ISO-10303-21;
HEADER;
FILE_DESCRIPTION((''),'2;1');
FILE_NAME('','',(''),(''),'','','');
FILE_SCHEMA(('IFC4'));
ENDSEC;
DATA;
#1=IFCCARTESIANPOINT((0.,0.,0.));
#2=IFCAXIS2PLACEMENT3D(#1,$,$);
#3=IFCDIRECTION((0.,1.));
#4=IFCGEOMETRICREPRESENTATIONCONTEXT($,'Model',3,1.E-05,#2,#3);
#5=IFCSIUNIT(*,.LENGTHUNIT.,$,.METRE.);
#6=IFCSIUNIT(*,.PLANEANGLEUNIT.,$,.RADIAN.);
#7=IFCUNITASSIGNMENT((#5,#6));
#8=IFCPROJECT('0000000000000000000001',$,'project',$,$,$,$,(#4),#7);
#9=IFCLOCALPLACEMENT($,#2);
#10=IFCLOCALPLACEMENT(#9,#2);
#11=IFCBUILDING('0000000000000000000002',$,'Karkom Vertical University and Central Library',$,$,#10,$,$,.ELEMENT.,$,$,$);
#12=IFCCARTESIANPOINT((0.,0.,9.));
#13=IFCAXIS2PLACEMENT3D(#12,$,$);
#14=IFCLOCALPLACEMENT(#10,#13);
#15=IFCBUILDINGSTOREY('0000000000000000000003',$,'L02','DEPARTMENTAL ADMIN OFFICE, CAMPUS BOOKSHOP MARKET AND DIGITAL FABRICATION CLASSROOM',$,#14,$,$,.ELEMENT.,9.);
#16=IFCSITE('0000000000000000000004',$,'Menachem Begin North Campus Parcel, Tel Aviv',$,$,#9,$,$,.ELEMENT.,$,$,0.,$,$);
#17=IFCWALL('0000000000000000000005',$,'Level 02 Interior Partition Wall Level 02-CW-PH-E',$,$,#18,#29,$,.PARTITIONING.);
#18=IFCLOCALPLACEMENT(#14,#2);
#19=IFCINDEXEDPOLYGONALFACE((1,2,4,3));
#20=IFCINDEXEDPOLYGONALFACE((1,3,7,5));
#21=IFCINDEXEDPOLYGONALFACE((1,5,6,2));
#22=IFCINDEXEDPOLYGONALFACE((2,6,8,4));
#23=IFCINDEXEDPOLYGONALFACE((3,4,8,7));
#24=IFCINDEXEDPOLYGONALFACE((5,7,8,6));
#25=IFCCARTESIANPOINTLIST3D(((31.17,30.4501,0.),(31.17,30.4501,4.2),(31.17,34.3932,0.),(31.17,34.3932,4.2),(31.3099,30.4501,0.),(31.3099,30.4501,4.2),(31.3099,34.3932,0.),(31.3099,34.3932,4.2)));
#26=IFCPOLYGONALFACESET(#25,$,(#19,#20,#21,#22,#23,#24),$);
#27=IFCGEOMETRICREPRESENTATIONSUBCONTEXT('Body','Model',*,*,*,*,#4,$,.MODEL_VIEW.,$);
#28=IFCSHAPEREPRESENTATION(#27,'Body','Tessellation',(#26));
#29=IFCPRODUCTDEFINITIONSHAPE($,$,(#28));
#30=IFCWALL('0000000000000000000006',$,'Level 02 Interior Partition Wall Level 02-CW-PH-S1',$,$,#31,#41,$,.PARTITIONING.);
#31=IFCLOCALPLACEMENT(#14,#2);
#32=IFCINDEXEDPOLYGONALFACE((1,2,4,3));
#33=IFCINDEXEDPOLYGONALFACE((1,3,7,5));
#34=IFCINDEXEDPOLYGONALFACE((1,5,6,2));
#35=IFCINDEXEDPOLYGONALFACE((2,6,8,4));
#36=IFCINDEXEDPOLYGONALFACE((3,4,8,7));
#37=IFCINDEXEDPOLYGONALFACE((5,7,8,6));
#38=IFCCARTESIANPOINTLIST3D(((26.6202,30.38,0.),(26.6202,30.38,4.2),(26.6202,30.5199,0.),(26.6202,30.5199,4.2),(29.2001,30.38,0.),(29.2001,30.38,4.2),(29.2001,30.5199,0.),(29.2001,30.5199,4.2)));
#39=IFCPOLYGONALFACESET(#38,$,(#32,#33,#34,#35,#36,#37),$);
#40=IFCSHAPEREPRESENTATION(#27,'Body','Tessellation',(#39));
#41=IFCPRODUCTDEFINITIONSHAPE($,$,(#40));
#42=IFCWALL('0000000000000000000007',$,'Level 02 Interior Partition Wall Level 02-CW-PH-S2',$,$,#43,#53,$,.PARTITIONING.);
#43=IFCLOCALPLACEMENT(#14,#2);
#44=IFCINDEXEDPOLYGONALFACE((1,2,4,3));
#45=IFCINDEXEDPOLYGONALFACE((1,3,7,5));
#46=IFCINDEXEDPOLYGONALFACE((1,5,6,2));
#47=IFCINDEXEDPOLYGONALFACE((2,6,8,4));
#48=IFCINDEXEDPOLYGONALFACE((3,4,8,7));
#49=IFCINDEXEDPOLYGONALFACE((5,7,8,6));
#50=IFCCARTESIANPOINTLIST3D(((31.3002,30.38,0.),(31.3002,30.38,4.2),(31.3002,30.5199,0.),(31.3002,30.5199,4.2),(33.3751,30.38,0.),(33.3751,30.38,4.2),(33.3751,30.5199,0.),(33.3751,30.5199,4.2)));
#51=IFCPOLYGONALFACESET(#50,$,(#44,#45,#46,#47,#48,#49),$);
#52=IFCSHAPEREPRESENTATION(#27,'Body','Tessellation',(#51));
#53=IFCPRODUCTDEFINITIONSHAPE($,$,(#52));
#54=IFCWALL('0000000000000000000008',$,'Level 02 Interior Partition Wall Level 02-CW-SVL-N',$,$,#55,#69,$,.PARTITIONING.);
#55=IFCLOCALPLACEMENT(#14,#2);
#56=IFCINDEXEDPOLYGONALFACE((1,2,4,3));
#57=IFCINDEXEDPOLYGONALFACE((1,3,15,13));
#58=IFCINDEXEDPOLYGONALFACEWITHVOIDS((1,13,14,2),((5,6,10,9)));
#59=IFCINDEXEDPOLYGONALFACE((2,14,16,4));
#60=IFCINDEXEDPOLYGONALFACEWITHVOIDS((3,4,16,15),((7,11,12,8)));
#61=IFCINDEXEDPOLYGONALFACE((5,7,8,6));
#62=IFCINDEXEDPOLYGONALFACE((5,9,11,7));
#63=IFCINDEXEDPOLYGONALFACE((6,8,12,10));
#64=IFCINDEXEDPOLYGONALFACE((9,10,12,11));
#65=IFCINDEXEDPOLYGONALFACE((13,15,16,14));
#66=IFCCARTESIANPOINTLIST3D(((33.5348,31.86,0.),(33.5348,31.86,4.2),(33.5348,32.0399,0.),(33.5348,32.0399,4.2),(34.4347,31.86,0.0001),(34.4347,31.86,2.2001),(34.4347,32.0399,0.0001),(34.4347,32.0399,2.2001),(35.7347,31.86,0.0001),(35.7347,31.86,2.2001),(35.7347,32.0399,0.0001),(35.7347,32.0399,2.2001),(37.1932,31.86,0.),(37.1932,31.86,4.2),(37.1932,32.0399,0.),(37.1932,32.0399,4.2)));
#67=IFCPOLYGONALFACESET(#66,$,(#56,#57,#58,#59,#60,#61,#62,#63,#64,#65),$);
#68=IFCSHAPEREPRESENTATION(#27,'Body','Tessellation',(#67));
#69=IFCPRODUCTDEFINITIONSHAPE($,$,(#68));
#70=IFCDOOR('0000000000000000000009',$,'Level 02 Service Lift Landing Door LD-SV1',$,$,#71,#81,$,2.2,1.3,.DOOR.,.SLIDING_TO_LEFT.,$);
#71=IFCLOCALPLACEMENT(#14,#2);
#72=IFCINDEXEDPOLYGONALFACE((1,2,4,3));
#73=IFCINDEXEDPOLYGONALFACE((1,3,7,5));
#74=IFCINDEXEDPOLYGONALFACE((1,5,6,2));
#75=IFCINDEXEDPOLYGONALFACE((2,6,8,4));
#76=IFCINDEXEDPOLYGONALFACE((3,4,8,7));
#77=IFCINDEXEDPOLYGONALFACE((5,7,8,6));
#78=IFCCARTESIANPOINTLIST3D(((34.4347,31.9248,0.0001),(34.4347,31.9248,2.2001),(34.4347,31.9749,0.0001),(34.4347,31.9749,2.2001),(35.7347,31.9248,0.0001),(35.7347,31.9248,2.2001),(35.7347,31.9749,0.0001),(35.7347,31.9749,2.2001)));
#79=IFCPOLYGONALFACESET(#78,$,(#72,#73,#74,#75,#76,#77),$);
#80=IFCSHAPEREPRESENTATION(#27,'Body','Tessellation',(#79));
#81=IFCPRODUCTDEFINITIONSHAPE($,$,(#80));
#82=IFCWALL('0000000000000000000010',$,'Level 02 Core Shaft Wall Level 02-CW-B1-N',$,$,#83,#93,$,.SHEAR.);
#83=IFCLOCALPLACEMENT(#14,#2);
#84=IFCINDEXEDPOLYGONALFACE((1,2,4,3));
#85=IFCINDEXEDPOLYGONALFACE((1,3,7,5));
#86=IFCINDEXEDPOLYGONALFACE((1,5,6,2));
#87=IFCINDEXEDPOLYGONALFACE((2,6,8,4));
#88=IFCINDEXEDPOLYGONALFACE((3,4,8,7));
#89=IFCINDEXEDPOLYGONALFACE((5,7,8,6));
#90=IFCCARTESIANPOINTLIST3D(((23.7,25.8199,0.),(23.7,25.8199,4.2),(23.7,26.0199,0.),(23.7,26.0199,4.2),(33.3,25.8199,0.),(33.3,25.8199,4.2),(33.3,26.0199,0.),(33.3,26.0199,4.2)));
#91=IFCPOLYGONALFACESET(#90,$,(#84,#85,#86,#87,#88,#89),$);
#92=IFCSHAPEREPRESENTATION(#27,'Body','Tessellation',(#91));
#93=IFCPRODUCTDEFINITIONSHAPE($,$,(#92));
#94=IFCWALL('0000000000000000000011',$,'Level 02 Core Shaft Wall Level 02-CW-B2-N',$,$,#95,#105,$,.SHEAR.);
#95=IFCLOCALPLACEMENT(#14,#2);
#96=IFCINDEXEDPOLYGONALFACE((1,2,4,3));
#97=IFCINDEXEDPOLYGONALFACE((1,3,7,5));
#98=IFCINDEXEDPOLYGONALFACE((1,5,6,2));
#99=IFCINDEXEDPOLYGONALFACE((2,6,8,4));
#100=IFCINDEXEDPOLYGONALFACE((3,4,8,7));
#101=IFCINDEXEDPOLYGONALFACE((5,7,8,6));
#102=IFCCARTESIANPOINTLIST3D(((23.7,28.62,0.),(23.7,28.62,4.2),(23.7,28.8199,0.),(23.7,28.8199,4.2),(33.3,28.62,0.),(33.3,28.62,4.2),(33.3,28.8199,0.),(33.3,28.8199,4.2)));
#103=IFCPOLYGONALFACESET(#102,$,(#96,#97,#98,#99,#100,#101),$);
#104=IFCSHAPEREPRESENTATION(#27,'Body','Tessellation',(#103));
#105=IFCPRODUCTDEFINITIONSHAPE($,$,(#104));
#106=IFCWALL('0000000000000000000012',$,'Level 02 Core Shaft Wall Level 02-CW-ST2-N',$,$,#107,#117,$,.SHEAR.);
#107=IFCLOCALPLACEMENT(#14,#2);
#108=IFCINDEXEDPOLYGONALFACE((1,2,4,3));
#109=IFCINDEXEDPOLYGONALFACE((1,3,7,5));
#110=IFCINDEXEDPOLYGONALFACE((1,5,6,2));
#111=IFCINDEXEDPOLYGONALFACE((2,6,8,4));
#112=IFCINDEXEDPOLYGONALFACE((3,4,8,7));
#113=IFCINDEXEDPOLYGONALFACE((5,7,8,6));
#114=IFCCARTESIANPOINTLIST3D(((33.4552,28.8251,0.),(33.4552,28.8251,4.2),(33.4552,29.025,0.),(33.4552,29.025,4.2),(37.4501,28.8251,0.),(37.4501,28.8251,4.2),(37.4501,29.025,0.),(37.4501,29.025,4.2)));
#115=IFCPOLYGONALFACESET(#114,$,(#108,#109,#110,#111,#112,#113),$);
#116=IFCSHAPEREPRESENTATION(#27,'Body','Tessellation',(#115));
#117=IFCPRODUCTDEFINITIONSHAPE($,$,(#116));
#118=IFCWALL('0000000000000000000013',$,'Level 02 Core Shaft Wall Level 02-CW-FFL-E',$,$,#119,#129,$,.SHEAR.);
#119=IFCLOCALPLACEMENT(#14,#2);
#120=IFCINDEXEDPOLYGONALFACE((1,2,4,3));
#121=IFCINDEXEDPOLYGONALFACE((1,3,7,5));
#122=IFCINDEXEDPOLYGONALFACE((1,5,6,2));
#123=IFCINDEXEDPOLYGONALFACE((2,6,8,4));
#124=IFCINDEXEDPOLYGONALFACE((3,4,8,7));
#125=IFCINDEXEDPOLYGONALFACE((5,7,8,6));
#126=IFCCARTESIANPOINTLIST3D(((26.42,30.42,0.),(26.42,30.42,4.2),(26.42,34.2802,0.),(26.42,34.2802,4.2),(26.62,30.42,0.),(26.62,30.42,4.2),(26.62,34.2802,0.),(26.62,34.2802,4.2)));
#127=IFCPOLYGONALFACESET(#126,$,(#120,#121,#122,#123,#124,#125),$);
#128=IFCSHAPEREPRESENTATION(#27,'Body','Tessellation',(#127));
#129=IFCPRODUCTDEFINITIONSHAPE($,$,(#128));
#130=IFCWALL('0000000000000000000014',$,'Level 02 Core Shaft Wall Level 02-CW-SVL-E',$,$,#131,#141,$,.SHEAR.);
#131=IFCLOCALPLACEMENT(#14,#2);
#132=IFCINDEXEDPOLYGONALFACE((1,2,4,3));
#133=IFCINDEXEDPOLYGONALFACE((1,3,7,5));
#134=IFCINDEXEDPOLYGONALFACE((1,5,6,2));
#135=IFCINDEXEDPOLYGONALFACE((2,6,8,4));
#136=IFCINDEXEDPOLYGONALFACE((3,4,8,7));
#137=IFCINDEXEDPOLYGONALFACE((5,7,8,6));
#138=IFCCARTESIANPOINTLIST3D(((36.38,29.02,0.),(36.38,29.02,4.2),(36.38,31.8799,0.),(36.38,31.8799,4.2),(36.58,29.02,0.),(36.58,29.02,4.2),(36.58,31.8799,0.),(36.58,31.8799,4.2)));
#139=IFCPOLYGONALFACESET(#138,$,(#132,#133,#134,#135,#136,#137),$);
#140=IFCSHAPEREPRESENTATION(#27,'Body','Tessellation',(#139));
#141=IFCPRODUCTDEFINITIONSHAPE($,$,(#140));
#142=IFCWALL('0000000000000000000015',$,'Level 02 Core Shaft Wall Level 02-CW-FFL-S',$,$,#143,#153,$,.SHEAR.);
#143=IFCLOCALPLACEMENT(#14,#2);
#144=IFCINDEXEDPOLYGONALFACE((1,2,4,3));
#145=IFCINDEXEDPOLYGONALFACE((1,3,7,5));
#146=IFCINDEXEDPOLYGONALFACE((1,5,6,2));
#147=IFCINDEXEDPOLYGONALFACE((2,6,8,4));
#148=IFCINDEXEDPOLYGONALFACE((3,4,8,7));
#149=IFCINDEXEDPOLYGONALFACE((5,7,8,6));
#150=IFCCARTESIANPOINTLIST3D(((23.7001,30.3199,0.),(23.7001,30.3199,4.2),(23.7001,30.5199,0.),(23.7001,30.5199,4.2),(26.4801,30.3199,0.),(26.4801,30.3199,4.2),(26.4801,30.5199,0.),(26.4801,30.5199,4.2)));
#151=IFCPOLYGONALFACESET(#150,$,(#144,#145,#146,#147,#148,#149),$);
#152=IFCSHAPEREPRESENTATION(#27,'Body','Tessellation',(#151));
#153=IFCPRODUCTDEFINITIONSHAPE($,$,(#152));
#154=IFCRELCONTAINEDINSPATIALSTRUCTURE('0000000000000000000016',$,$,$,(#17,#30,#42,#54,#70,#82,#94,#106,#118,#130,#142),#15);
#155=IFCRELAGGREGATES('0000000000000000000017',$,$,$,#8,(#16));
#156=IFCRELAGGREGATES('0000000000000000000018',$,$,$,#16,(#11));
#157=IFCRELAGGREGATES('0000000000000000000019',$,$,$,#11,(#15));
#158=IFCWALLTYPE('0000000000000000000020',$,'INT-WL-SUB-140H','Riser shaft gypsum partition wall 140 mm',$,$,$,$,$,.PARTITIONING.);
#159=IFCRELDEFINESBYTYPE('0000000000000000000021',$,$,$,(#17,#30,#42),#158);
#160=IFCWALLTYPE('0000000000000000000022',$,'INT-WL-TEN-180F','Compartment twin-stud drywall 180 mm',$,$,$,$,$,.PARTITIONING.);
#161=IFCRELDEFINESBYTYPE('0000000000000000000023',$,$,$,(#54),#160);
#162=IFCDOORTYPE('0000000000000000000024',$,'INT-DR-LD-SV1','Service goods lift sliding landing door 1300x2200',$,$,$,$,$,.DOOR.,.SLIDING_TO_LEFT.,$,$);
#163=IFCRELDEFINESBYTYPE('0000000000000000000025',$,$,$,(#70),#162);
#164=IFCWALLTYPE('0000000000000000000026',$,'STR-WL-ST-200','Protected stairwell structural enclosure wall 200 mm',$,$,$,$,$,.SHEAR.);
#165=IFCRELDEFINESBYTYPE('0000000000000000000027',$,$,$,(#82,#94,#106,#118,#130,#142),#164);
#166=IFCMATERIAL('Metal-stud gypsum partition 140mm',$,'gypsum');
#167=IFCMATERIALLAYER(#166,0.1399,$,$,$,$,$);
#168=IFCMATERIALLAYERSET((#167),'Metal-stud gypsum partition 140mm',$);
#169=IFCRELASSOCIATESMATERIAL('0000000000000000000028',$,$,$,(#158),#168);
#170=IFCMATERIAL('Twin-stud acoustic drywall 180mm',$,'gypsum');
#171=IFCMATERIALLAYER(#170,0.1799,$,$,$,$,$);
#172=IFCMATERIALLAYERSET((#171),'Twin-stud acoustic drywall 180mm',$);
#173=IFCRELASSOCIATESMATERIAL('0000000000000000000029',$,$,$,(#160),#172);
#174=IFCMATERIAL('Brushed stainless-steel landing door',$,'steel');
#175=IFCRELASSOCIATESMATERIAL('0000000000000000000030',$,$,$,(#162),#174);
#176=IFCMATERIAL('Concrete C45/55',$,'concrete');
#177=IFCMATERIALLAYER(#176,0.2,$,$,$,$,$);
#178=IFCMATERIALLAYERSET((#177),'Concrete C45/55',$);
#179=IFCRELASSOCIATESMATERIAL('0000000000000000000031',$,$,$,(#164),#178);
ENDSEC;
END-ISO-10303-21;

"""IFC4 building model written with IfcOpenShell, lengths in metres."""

from ifc_helpers import new_model, si_unit, direction, frame, frame_2d, origin, origin_with_axes, place, context, subcontext, project, spatial, rectangle, extrude, source, transform, mapped, material, layer, layer_set, type_object, element, fill, save


model = new_model("IFC4")

# Units and contexts
model_context = context("Model", 3, precision=1e-05, world=origin(), true_north=direction((0.0, 1.0)))
body_context = subcontext(model_context, "Body", "Model", "MODEL_VIEW")
ifc_project = project(units=[si_unit("LENGTHUNIT", "METRE"), si_unit("PLANEANGLEUNIT", "RADIAN")], contexts=[model_context])

# Site, building, storey
site_placement = place(None, origin())
site = spatial("IfcSite", under=ifc_project, at=site_placement, Name="Menachem Begin North Campus Parcel, Tel Aviv", CompositionType="ELEMENT", RefElevation=0.0)
building_placement = place(site_placement, origin())
building = spatial("IfcBuilding", under=site, at=building_placement, Name="Karkom Vertical University and Central Library", CompositionType="ELEMENT")
storey_placement = place(building_placement, frame((0.0, 0.0, 9.0)))
storey = spatial("IfcBuildingStorey", under=building, at=storey_placement, Name="L02", Description="DEPARTMENTAL ADMIN OFFICE, CAMPUS BOOKSHOP MARKET AND DIGITAL FABRICATION CLASSROOM", CompositionType="ELEMENT", Elevation=9.0)

# Walls
ifc_material_1 = material(Name="Metal-stud gypsum partition 140mm", Category="gypsum")
ifc_layer_1 = layer(ifc_material_1, 0.1399)
ifc_layer_set_1 = layer_set([ifc_layer_1], Name="Metal-stud gypsum partition 140mm")
wall_type_1 = type_object("IfcWallType", Name="INT-WL-SUB-140H", Description="Riser shaft gypsum partition wall 140 mm", PredefinedType="PARTITIONING", material=ifc_layer_set_1)
for number, where, z_axis, x_axis, name in (
    (1, (31.24, 30.45, 0.0), (0.0, 0.0, 1.0), (0.0, 1.0, 0.0), "Level 02 Interior Partition Wall Level 02-CW-PH-E"),
):
    element("IfcWall", number, at=place(storey_placement, frame(where, z_axis=z_axis, x_axis=x_axis)), inside=storey, type_object=wall_type_1, Name=name, PredefinedType="PARTITIONING", context=body_context, shape_type="SweptSolid", body=[
        extrude(rectangle(XDim=3.9431, YDim=0.1399, at=frame_2d((1.9717, 0.0))), origin(), (0.0, 0.0, 1.0), 4.2),
    ])
wall_1_placement = place(storey_placement, frame((26.6201, 30.45, 0.0), z_axis=(0.0, 0.0, 1.0), x_axis=(1.0, 0.0, 0.0)))
element("IfcWall", 2, at=wall_1_placement, inside=storey, type_object=wall_type_1, Name="Level 02 Interior Partition Wall Level 02-CW-PH-S1", PredefinedType="PARTITIONING", context=body_context, shape_type="SweptSolid", body=[
    extrude(rectangle(XDim=2.5798, YDim=0.1399, at=frame_2d((1.29, 0.0))), origin(), (0.0, 0.0, 1.0), 4.2),
])
wall_2_placement = place(storey_placement, frame((31.3, 30.45, 0.0), z_axis=(0.0, 0.0, 1.0), x_axis=(1.0, 0.0, 0.0)))
element("IfcWall", 3, at=wall_2_placement, inside=storey, type_object=wall_type_1, Name="Level 02 Interior Partition Wall Level 02-CW-PH-S2", PredefinedType="PARTITIONING", context=body_context, shape_type="SweptSolid", body=[
    extrude(rectangle(XDim=2.075, YDim=0.1399, at=frame_2d((1.0376, 0.0))), origin(), (0.0, 0.0, 1.0), 4.2),
])

# Wall, opening, door
ifc_material_2 = material(Name="Twin-stud acoustic drywall 180mm", Category="gypsum")
ifc_layer_2 = layer(ifc_material_2, 0.1799)
ifc_layer_set_2 = layer_set([ifc_layer_2], Name="Twin-stud acoustic drywall 180mm")
wall_type_2 = type_object("IfcWallType", Name="INT-WL-TEN-180F", Description="Compartment twin-stud drywall 180 mm", PredefinedType="PARTITIONING", material=ifc_layer_set_2)
wall_3_placement = place(storey_placement, frame((33.5349, 31.95, 0.0), z_axis=(0.0, 0.0, 1.0), x_axis=(1.0, 0.0, 0.0)))
wall_3 = element("IfcWall", 4, at=wall_3_placement, inside=storey, type_object=wall_type_2, Name="Level 02 Interior Partition Wall Level 02-CW-SVL-N", PredefinedType="PARTITIONING", context=body_context, shape_type="SweptSolid", body=[
    extrude(rectangle(XDim=3.6584, YDim=0.1799, at=frame_2d((1.8291, 0.0))), origin(), (0.0, 0.0, 1.0), 4.2),
])
opening_1_placement = place(wall_3_placement, frame((0.8999, 0.0, 0.0)))
opening_1 = element("IfcOpeningElement", 5, at=opening_1_placement, cuts=wall_3, PredefinedType="OPENING", context=body_context, shape_type="SweptSolid", body=[
    extrude(rectangle(XDim=1.3, YDim=2.2, at=frame_2d((0.6499, 1.1001))), frame((0.0, 0.1001, 0.0), z_axis=(0.0, -1.0, 0.0), x_axis=(1.0, 0.0, 0.0)), (0.0, 0.0, 1.0), 0.2),
])
ifc_material_3 = material(Name="Brushed stainless-steel landing door", Category="steel")
door_type_1 = type_object("IfcDoorType", Name="INT-DR-LD-SV1", Description="Service goods lift sliding landing door 1300x2200", OperationType="SLIDING_TO_LEFT", PredefinedType="DOOR", material=ifc_material_3)
shared_shape_1 = source(origin_with_axes(), body_context, "Body", "SweptSolid", [
    extrude(rectangle(XDim=1.3, YDim=2.2, at=frame_2d((0.6499, 1.1001))), frame((0.0, 0.0249, 0.0), z_axis=(0.0, -1.0, 0.0), x_axis=(1.0, 0.0, 0.0)), (0.0, 0.0, 1.0), 0.05),
])
door_1_placement = place(opening_1_placement, origin())
door_1 = element("IfcDoor", 6, at=door_1_placement, inside=storey, type_object=door_type_1, Name="Level 02 Service Lift Landing Door LD-SV1", OperationType="SLIDING_TO_LEFT", OverallHeight=2.2, OverallWidth=1.3, PredefinedType="DOOR", context=body_context, shape_type="MappedRepresentation", body=[
    mapped(shared_shape_1, transform((0.0, 0.0, 0.0), scale=1.0)),
])
fill(opening_1, door_1)

# Walls
ifc_material_4 = material(Name="Concrete C45/55", Category="concrete")
ifc_layer_3 = layer(ifc_material_4, 0.2)
ifc_layer_set_3 = layer_set([ifc_layer_3], Name="Concrete C45/55")
wall_type_3 = type_object("IfcWallType", Name="STR-WL-ST-200", Description="Protected stairwell structural enclosure wall 200 mm", PredefinedType="SHEAR", material=ifc_layer_set_3)
for number, where, z_axis, x_axis, name in (
    (7, (23.7, 25.9199, 0.0), (0.0, 0.0, 1.0), (1.0, 0.0, 0.0), "Level 02 Core Shaft Wall Level 02-CW-B1-N"),
    (8, (23.7, 28.72, 0.0), (0.0, 0.0, 1.0), (1.0, 0.0, 0.0), "Level 02 Core Shaft Wall Level 02-CW-B2-N"),
):
    element("IfcWall", number, at=place(storey_placement, frame(where, z_axis=z_axis, x_axis=x_axis)), inside=storey, type_object=wall_type_3, Name=name, PredefinedType="SHEAR", context=body_context, shape_type="SweptSolid", body=[
        extrude(rectangle(XDim=9.6001, YDim=0.2, at=frame_2d((4.8, 0.0))), origin(), (0.0, 0.0, 1.0), 4.2),
    ])
wall_4_placement = place(storey_placement, frame((33.4551, 28.925, 0.0), z_axis=(0.0, 0.0, 1.0), x_axis=(1.0, 0.0, 0.0)))
element("IfcWall", 9, at=wall_4_placement, inside=storey, type_object=wall_type_3, Name="Level 02 Core Shaft Wall Level 02-CW-ST2-N", PredefinedType="SHEAR", context=body_context, shape_type="SweptSolid", body=[
    extrude(rectangle(XDim=3.9949, YDim=0.2, at=frame_2d((1.9976, 0.0))), origin(), (0.0, 0.0, 1.0), 4.2),
])
wall_5_placement = place(storey_placement, frame((26.52, 30.4199, 0.0), z_axis=(0.0, 0.0, 1.0), x_axis=(0.0, 1.0, 0.0)))
element("IfcWall", 10, at=wall_5_placement, inside=storey, type_object=wall_type_3, Name="Level 02 Core Shaft Wall Level 02-CW-FFL-E", PredefinedType="SHEAR", context=body_context, shape_type="SweptSolid", body=[
    extrude(rectangle(XDim=3.8601, YDim=0.2, at=frame_2d((1.9302, 0.0))), origin(), (0.0, 0.0, 1.0), 4.2),
])
wall_6_placement = place(storey_placement, frame((36.48, 29.02, 0.0), z_axis=(0.0, 0.0, 1.0), x_axis=(0.0, 1.0, 0.0)))
element("IfcWall", 11, at=wall_6_placement, inside=storey, type_object=wall_type_3, Name="Level 02 Core Shaft Wall Level 02-CW-SVL-E", PredefinedType="SHEAR", context=body_context, shape_type="SweptSolid", body=[
    extrude(rectangle(XDim=2.8599, YDim=0.2, at=frame_2d((1.4299, 0.0))), origin(), (0.0, 0.0, 1.0), 4.2),
])
wall_7_placement = place(storey_placement, frame((23.7, 30.4199, 0.0), z_axis=(0.0, 0.0, 1.0), x_axis=(1.0, 0.0, 0.0)))
element("IfcWall", 12, at=wall_7_placement, inside=storey, type_object=wall_type_3, Name="Level 02 Core Shaft Wall Level 02-CW-FFL-S", PredefinedType="SHEAR", context=body_context, shape_type="SweptSolid", body=[
    extrude(rectangle(XDim=2.78, YDim=0.2, at=frame_2d((1.3901, 0.0))), origin(), (0.0, 0.0, 1.0), 4.2),
])

save(model, "model.ifc")
